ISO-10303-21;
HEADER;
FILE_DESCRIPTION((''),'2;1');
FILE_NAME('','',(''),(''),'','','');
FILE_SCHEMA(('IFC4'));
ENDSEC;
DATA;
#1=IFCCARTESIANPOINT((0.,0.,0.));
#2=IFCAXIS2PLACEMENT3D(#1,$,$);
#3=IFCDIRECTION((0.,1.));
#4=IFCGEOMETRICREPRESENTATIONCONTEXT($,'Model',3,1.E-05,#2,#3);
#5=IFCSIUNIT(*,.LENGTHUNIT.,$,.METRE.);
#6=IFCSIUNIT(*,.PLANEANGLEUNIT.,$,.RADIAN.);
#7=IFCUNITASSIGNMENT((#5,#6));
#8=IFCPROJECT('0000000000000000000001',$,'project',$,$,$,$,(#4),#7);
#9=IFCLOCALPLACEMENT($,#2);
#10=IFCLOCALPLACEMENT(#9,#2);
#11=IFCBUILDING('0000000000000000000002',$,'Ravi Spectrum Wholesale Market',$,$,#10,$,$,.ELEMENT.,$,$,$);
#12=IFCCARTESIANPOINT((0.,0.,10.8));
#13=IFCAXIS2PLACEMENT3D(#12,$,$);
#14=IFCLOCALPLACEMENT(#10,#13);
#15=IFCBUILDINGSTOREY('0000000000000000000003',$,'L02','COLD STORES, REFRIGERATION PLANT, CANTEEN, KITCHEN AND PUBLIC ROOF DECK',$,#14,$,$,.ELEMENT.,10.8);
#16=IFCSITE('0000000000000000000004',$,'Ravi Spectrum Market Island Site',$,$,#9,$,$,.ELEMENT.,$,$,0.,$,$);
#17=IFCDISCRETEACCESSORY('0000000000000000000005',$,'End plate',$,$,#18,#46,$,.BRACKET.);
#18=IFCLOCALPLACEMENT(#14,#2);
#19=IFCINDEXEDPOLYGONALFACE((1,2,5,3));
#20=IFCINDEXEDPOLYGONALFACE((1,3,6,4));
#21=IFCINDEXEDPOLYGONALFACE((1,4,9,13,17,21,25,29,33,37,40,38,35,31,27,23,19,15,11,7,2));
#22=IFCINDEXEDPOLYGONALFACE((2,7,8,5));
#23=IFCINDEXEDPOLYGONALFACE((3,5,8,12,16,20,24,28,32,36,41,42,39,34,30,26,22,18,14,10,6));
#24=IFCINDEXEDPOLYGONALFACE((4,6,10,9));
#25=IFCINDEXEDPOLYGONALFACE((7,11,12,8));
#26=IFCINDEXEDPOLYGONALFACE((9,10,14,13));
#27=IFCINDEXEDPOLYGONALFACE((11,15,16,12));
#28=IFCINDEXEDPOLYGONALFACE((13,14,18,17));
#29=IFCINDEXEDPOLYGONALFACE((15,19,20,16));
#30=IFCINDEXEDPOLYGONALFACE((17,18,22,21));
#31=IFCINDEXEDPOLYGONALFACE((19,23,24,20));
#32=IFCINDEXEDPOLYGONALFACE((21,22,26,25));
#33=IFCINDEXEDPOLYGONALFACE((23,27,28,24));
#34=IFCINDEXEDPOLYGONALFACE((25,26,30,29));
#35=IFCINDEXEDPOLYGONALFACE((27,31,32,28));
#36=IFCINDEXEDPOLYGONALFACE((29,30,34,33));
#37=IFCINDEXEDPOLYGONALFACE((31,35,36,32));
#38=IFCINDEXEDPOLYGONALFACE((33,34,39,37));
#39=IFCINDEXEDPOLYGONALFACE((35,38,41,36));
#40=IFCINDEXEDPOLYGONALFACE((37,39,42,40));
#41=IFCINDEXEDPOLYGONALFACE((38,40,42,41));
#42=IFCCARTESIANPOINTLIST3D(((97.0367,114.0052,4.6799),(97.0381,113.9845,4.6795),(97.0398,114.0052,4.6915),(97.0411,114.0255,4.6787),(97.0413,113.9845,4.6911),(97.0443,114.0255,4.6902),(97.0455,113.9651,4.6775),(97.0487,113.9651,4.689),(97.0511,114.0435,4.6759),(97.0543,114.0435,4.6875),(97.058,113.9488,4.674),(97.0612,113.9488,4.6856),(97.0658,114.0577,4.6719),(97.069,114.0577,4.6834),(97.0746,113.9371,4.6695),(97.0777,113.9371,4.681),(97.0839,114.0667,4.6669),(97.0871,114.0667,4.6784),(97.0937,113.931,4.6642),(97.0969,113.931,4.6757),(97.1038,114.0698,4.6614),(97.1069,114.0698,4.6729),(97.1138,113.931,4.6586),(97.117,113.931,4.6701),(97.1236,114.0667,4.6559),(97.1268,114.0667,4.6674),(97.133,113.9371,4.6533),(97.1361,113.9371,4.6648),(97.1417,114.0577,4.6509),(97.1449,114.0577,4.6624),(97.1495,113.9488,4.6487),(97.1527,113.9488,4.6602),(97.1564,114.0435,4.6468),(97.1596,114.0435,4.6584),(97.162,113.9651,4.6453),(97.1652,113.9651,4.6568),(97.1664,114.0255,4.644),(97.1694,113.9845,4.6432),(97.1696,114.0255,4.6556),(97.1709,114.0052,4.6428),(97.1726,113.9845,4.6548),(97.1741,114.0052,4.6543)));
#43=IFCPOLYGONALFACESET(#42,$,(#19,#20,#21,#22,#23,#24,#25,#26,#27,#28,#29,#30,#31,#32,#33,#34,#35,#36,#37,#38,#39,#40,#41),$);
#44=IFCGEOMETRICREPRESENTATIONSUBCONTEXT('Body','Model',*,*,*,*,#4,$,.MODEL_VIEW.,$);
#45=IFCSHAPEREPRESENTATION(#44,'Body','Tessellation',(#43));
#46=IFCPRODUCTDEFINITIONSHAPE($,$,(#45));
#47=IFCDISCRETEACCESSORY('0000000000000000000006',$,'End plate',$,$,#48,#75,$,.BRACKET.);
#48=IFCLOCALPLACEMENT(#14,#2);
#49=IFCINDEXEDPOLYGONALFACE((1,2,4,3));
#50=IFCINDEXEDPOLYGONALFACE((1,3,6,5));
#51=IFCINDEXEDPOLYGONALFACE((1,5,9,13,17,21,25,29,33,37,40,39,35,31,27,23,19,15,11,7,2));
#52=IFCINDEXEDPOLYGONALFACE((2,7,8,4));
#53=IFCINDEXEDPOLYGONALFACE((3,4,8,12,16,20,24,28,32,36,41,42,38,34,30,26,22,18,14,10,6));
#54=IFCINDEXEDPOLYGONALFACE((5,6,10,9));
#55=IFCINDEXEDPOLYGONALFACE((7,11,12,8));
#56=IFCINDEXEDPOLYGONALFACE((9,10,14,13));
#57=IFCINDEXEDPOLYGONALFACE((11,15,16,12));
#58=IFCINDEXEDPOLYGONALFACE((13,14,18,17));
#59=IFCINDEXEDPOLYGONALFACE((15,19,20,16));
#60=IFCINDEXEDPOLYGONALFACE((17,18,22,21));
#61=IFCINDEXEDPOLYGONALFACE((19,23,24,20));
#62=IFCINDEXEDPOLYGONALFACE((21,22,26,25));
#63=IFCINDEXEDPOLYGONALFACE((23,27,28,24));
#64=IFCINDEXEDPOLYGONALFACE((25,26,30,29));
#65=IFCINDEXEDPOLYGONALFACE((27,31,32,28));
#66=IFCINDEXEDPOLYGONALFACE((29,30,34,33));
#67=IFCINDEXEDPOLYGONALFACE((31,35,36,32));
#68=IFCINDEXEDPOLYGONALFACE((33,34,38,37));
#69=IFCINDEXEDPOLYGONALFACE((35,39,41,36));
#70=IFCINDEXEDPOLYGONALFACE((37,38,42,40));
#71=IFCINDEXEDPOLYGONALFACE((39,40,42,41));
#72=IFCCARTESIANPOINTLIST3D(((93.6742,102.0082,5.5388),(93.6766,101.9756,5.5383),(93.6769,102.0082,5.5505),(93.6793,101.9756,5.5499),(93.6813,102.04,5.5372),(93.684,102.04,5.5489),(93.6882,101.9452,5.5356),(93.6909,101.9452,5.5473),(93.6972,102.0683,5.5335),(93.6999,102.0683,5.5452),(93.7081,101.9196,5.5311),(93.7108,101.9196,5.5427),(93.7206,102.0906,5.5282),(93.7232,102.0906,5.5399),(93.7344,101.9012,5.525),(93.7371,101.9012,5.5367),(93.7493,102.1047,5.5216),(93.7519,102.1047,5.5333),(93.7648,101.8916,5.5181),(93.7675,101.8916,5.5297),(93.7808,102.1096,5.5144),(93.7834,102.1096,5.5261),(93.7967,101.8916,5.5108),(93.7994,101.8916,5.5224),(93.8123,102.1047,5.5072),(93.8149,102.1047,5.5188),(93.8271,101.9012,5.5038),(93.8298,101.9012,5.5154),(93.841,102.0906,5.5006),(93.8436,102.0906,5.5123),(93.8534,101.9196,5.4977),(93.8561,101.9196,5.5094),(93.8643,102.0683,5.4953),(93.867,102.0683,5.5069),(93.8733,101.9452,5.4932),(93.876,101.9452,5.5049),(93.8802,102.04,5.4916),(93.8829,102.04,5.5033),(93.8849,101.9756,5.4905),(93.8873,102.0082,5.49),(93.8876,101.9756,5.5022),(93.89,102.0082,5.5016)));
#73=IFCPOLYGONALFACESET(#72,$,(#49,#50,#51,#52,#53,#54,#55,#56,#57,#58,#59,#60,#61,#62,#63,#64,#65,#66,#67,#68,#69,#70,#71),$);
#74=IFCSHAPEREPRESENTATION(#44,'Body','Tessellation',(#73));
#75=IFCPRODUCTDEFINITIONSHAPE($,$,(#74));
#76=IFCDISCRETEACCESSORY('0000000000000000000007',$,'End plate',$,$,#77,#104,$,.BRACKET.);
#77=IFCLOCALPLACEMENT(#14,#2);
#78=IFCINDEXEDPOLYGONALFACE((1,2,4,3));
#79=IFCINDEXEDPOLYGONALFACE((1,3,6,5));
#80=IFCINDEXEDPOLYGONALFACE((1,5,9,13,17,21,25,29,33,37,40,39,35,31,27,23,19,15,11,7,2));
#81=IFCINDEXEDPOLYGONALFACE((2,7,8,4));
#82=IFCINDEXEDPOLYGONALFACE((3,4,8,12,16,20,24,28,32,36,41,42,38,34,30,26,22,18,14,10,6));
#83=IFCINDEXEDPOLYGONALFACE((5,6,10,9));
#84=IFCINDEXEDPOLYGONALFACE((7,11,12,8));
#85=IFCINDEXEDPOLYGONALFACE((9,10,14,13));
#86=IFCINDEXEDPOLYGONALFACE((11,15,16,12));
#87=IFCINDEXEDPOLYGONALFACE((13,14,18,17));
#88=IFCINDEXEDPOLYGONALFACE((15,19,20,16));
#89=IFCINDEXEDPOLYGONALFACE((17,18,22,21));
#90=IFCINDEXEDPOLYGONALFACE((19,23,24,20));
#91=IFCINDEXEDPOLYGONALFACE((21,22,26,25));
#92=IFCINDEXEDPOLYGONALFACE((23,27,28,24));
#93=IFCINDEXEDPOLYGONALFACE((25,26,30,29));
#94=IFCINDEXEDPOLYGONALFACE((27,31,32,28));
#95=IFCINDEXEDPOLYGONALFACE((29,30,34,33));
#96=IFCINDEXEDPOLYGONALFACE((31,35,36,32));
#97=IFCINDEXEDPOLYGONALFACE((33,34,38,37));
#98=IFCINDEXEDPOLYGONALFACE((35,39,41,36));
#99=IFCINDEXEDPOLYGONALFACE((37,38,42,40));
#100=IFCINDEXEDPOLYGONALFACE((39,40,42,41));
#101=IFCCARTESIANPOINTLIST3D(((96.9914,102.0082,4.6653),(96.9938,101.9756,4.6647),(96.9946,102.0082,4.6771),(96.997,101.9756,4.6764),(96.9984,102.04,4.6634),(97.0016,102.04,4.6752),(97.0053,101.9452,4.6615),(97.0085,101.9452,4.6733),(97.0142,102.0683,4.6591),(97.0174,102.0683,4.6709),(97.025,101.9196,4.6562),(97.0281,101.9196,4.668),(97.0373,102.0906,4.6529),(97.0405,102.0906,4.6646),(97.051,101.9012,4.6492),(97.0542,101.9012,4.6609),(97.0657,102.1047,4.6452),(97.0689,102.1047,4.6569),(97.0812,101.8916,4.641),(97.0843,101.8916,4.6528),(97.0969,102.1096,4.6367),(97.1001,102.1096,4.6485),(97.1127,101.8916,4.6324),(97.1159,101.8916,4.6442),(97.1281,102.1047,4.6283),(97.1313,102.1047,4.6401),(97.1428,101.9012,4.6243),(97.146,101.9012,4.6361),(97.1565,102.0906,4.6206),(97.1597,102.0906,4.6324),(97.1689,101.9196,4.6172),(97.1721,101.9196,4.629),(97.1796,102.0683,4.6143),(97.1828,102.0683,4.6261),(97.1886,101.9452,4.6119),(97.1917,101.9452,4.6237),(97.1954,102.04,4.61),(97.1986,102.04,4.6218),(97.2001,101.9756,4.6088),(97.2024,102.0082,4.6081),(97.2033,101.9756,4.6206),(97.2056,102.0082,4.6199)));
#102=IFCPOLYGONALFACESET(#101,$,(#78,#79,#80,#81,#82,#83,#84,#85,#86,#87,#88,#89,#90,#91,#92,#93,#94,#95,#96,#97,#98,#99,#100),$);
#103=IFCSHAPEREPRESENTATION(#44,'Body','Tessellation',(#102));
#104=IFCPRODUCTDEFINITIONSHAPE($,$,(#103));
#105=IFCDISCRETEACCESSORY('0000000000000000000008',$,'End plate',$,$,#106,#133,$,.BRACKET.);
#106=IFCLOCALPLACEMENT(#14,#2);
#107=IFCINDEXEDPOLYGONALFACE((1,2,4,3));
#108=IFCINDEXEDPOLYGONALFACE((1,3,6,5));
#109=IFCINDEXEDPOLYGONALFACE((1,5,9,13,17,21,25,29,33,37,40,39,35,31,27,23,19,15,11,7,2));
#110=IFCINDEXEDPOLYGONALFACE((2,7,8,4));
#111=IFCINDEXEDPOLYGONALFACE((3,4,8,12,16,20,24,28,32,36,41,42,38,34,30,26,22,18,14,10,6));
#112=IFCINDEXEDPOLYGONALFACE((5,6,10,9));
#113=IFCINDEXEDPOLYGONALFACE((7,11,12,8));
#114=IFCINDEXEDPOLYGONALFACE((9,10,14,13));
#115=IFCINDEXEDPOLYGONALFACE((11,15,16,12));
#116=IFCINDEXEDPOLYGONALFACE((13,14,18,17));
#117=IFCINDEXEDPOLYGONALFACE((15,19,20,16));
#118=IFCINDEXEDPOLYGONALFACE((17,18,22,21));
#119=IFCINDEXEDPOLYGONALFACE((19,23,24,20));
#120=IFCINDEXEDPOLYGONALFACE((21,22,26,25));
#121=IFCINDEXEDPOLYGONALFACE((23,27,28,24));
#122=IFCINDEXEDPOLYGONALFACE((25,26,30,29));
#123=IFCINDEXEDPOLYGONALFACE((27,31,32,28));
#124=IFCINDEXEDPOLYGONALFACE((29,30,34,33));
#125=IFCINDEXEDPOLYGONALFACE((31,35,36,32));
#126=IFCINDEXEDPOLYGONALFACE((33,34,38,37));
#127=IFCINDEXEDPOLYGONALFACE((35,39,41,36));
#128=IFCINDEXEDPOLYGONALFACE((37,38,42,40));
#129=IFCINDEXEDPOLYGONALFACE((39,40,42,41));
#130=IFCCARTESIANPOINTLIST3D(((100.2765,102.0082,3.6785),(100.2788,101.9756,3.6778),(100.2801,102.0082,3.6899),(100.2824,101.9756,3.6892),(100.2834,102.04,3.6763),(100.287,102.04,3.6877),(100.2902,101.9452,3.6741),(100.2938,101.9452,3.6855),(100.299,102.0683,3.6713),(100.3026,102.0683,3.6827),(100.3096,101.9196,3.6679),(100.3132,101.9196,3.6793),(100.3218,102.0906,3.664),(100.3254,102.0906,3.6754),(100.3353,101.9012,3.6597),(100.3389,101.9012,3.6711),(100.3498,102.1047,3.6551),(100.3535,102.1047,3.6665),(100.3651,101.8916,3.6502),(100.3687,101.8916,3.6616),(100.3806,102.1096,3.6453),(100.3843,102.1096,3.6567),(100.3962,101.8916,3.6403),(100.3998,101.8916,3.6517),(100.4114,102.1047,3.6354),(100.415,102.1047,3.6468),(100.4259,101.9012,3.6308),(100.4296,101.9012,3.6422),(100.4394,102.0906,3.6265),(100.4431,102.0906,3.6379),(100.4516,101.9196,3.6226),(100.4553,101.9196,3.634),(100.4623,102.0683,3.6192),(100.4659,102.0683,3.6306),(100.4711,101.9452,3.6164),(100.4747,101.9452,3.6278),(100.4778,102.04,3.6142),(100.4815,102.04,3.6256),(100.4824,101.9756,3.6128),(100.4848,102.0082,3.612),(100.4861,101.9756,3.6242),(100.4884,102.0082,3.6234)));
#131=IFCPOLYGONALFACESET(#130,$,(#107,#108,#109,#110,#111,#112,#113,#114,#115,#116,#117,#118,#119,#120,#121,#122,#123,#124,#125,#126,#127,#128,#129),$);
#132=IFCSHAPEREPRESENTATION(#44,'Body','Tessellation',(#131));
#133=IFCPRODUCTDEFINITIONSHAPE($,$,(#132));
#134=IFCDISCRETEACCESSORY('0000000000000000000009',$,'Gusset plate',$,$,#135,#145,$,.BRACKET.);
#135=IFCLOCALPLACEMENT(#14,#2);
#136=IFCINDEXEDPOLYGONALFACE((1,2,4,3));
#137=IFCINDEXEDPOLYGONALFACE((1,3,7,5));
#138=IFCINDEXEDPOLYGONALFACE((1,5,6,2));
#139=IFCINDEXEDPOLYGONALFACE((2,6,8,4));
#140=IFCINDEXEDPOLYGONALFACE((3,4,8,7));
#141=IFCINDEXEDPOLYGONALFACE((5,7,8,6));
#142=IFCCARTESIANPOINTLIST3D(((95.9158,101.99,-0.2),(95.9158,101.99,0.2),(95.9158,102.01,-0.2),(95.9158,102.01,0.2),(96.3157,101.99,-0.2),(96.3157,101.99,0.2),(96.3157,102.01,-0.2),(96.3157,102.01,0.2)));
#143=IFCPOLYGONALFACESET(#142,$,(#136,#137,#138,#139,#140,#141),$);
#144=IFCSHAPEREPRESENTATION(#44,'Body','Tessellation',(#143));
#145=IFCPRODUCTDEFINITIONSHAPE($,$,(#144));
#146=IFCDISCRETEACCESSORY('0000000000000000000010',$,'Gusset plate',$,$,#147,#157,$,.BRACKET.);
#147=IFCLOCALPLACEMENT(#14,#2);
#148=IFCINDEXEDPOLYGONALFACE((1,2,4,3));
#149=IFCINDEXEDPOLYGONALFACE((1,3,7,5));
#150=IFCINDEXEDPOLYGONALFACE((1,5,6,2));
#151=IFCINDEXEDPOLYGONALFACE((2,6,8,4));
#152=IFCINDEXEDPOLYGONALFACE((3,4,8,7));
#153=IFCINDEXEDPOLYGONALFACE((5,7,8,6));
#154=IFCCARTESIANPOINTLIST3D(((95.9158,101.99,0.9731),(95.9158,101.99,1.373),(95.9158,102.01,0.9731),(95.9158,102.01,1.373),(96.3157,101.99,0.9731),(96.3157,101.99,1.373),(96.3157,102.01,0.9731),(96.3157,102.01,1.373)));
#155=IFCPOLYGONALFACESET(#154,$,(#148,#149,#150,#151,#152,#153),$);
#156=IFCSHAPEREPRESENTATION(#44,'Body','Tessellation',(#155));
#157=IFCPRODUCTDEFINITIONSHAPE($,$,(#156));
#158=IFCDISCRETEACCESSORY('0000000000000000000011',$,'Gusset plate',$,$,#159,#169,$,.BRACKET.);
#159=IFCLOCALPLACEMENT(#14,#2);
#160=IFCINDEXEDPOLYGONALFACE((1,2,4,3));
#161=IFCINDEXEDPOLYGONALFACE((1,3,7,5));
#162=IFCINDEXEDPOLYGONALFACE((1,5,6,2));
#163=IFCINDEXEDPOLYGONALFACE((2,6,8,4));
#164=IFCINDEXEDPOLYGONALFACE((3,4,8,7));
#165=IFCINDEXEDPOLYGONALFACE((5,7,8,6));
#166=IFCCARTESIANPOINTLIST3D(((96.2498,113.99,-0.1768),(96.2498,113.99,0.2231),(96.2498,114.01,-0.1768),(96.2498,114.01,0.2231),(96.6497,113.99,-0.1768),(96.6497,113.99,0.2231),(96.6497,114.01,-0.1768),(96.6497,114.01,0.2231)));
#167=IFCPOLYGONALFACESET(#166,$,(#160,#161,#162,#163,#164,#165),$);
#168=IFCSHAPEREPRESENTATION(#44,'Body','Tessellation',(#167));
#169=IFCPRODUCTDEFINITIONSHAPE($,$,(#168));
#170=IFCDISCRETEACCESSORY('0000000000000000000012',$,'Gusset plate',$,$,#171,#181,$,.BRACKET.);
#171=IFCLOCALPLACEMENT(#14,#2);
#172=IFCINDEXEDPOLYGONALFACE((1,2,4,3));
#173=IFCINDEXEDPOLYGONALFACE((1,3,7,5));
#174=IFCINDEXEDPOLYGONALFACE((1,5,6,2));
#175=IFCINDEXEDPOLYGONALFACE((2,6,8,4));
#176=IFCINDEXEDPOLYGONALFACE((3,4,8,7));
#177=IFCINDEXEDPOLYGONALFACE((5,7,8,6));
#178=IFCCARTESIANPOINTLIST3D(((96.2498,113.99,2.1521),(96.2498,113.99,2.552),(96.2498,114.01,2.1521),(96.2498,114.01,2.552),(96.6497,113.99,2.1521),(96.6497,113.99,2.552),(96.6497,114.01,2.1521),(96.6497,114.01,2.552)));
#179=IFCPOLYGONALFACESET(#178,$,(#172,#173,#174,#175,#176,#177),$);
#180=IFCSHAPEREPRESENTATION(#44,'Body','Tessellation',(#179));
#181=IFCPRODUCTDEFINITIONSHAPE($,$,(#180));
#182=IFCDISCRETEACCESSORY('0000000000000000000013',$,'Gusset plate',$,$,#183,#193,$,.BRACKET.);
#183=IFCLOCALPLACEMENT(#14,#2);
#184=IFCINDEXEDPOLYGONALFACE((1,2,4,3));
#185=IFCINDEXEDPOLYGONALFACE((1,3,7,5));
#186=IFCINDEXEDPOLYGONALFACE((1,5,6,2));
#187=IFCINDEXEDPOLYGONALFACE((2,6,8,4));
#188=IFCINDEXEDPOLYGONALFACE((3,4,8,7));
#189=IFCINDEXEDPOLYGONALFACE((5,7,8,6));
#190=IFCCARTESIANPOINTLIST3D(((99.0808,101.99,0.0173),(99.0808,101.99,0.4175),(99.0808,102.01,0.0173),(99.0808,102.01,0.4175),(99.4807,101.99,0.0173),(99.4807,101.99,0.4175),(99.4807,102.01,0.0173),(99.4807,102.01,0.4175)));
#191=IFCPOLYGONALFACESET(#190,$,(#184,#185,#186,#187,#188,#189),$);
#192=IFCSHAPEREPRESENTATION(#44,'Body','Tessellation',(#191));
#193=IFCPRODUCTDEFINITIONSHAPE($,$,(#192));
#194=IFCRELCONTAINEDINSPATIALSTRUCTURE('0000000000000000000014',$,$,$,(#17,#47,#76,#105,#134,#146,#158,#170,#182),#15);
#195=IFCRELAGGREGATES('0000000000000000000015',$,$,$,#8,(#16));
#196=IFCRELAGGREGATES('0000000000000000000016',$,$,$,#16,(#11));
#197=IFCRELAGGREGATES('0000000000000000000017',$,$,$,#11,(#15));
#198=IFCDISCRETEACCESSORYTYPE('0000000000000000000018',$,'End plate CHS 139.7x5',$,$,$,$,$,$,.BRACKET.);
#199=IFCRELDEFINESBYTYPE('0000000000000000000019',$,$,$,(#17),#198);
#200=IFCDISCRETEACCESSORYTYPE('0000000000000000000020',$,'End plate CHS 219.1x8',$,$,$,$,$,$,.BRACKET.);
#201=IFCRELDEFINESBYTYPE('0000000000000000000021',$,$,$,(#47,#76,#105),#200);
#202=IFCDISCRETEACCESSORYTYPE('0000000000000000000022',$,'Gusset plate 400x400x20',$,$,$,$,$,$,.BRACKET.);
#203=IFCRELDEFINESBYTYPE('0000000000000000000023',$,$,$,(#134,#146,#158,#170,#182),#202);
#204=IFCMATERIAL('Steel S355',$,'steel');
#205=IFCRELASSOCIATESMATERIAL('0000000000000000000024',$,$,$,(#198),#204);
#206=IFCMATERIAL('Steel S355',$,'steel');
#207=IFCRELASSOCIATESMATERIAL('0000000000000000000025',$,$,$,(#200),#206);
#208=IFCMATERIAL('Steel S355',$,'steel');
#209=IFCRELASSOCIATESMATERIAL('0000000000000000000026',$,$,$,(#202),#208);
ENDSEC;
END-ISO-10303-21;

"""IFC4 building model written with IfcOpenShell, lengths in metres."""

from ifc_helpers import new_model, si_unit, direction, frame, origin, origin_2d, place, context, subcontext, project, spatial, rectangle, circle, extrude, material, material_profile, profile_set, type_object, element, save


model = new_model("IFC4")

# Units and contexts
model_context = context("Model", 3, precision=1e-05, world=origin(), true_north=direction((0.0, 1.0)))
body_context = subcontext(model_context, "Body", "Model", "MODEL_VIEW")
ifc_project = project(units=[si_unit("LENGTHUNIT", "METRE"), si_unit("PLANEANGLEUNIT", "RADIAN")], contexts=[model_context])

# Site, building, storey
site_placement = place(None, origin())
site = spatial("IfcSite", under=ifc_project, at=site_placement, Name="Ravi Spectrum Market Island Site", CompositionType="ELEMENT", RefElevation=0.0)
building_placement = place(site_placement, origin())
building = spatial("IfcBuilding", under=site, at=building_placement, Name="Ravi Spectrum Wholesale Market", CompositionType="ELEMENT")
storey_placement = place(building_placement, frame((0.0, 0.0, 10.8)))
storey = spatial("IfcBuildingStorey", under=building, at=storey_placement, Name="L02", Description="COLD STORES, REFRIGERATION PLANT, CANTEEN, KITCHEN AND PUBLIC ROOF DECK", CompositionType="ELEMENT", Elevation=10.8)

# Discrete accessories
ifc_material_1 = material(Name="Steel S355", Category="steel")
ifc_material_profile_1 = material_profile(ifc_material_1, circle(Radius=0.0698, at=origin_2d()))
ifc_profile_set_1 = profile_set([ifc_material_profile_1], Name="Steel S355")
discrete_accessory_type_1 = type_object("IfcDiscreteAccessoryType", Name="End plate CHS 139.7x5", PredefinedType="BRACKET", material=ifc_profile_set_1)
discrete_accessory_1_placement = place(storey_placement, frame((97.1038, 114.0, 4.6614), z_axis=(0.266586, 0.0, 0.963811), x_axis=(0.0, 1.0, 0.0)))
element("IfcDiscreteAccessory", 1, at=discrete_accessory_1_placement, inside=storey, type_object=discrete_accessory_type_1, Name="End plate", PredefinedType="BRACKET", context=body_context, shape_type="SweptSolid", body=[
    extrude(circle(Radius=0.0698, at=origin_2d()), origin(), (0.0, 0.0, 1.0), 0.012),
])
ifc_material_2 = material(Name="Steel S355", Category="steel")
ifc_material_profile_2 = material_profile(ifc_material_2, circle(Radius=0.1096, at=origin_2d()))
ifc_profile_set_2 = profile_set([ifc_material_profile_2], Name="Steel S355")
discrete_accessory_type_2 = type_object("IfcDiscreteAccessoryType", Name="End plate CHS 219.1x8", PredefinedType="BRACKET", material=ifc_profile_set_2)
discrete_accessory_2_placement = place(storey_placement, frame((93.7808, 102.0, 5.5144), z_axis=(0.223376, 0.0, 0.974732), x_axis=(0.0, 1.0, 0.0)))
element("IfcDiscreteAccessory", 2, at=discrete_accessory_2_placement, inside=storey, type_object=discrete_accessory_type_2, Name="End plate", PredefinedType="BRACKET", context=body_context, shape_type="SweptSolid", body=[
    extrude(circle(Radius=0.1096, at=origin_2d()), origin(), (0.0, 0.0, 1.0), 0.012),
])
discrete_accessory_3_placement = place(storey_placement, frame((97.0969, 102.0, 4.6367), z_axis=(0.261415, 0.0, 0.965226), x_axis=(0.0, 1.0, 0.0)))
element("IfcDiscreteAccessory", 3, at=discrete_accessory_3_placement, inside=storey, type_object=discrete_accessory_type_2, Name="End plate", PredefinedType="BRACKET", context=body_context, shape_type="SweptSolid", body=[
    extrude(circle(Radius=0.1096, at=origin_2d()), origin(), (0.0, 0.0, 1.0), 0.0122),
])
discrete_accessory_4_placement = place(storey_placement, frame((100.3806, 102.0, 3.6453), z_axis=(0.30404, 0.0, 0.952659), x_axis=(0.0, 1.0, 0.0)))
element("IfcDiscreteAccessory", 4, at=discrete_accessory_4_placement, inside=storey, type_object=discrete_accessory_type_2, Name="End plate", PredefinedType="BRACKET", context=body_context, shape_type="SweptSolid", body=[
    extrude(circle(Radius=0.1096, at=origin_2d()), origin(), (0.0, 0.0, 1.0), 0.012),
])
ifc_material_3 = material(Name="Steel S355", Category="steel")
ifc_material_profile_3 = material_profile(ifc_material_3, rectangle(XDim=0.3999, YDim=0.02, at=origin_2d()))
ifc_profile_set_3 = profile_set([ifc_material_profile_3], Name="Steel S355")
discrete_accessory_type_3 = type_object("IfcDiscreteAccessoryType", Name="Gusset plate 400x400x20", PredefinedType="BRACKET", material=ifc_profile_set_3)
for number, where, z_axis, x_axis, name in (
    (5, (96.1157, 102.0, -0.2), (0.0, 0.0, 1.0), (1.0, 0.0, 0.0), "Gusset plate"),
    (6, (96.1157, 102.0, 0.9731), (0.0, 0.0, 1.0), (-1.0, 0.0, 0.0), "Gusset plate"),
    (7, (96.4497, 114.0, -0.1768), (0.0, 0.0, 1.0), (1.0, 0.0, 0.0), "Gusset plate"),
    (8, (96.4497, 114.0, 2.1521), (0.0, 0.0, 1.0), (-1.0, 0.0, 0.0), "Gusset plate"),
):
    element("IfcDiscreteAccessory", number, at=place(storey_placement, frame(where, z_axis=z_axis, x_axis=x_axis)), inside=storey, type_object=discrete_accessory_type_3, Name=name, PredefinedType="BRACKET", context=body_context, shape_type="SweptSolid", body=[
        extrude(rectangle(XDim=0.3999, YDim=0.02, at=origin_2d()), origin(), (0.0, 0.0, 1.0), 0.3999),
    ])
discrete_accessory_5_placement = place(storey_placement, frame((99.2808, 102.0, 0.0173), z_axis=(0.0, 0.0, 1.0), x_axis=(-1.0, 0.0, 0.0)))
element("IfcDiscreteAccessory", 9, at=discrete_accessory_5_placement, inside=storey, type_object=discrete_accessory_type_3, Name="Gusset plate", PredefinedType="BRACKET", context=body_context, shape_type="SweptSolid", body=[
    extrude(rectangle(XDim=0.3999, YDim=0.02, at=origin_2d()), origin(), (0.0, 0.0, 1.0), 0.4001),
])

save(model, "model.ifc")
